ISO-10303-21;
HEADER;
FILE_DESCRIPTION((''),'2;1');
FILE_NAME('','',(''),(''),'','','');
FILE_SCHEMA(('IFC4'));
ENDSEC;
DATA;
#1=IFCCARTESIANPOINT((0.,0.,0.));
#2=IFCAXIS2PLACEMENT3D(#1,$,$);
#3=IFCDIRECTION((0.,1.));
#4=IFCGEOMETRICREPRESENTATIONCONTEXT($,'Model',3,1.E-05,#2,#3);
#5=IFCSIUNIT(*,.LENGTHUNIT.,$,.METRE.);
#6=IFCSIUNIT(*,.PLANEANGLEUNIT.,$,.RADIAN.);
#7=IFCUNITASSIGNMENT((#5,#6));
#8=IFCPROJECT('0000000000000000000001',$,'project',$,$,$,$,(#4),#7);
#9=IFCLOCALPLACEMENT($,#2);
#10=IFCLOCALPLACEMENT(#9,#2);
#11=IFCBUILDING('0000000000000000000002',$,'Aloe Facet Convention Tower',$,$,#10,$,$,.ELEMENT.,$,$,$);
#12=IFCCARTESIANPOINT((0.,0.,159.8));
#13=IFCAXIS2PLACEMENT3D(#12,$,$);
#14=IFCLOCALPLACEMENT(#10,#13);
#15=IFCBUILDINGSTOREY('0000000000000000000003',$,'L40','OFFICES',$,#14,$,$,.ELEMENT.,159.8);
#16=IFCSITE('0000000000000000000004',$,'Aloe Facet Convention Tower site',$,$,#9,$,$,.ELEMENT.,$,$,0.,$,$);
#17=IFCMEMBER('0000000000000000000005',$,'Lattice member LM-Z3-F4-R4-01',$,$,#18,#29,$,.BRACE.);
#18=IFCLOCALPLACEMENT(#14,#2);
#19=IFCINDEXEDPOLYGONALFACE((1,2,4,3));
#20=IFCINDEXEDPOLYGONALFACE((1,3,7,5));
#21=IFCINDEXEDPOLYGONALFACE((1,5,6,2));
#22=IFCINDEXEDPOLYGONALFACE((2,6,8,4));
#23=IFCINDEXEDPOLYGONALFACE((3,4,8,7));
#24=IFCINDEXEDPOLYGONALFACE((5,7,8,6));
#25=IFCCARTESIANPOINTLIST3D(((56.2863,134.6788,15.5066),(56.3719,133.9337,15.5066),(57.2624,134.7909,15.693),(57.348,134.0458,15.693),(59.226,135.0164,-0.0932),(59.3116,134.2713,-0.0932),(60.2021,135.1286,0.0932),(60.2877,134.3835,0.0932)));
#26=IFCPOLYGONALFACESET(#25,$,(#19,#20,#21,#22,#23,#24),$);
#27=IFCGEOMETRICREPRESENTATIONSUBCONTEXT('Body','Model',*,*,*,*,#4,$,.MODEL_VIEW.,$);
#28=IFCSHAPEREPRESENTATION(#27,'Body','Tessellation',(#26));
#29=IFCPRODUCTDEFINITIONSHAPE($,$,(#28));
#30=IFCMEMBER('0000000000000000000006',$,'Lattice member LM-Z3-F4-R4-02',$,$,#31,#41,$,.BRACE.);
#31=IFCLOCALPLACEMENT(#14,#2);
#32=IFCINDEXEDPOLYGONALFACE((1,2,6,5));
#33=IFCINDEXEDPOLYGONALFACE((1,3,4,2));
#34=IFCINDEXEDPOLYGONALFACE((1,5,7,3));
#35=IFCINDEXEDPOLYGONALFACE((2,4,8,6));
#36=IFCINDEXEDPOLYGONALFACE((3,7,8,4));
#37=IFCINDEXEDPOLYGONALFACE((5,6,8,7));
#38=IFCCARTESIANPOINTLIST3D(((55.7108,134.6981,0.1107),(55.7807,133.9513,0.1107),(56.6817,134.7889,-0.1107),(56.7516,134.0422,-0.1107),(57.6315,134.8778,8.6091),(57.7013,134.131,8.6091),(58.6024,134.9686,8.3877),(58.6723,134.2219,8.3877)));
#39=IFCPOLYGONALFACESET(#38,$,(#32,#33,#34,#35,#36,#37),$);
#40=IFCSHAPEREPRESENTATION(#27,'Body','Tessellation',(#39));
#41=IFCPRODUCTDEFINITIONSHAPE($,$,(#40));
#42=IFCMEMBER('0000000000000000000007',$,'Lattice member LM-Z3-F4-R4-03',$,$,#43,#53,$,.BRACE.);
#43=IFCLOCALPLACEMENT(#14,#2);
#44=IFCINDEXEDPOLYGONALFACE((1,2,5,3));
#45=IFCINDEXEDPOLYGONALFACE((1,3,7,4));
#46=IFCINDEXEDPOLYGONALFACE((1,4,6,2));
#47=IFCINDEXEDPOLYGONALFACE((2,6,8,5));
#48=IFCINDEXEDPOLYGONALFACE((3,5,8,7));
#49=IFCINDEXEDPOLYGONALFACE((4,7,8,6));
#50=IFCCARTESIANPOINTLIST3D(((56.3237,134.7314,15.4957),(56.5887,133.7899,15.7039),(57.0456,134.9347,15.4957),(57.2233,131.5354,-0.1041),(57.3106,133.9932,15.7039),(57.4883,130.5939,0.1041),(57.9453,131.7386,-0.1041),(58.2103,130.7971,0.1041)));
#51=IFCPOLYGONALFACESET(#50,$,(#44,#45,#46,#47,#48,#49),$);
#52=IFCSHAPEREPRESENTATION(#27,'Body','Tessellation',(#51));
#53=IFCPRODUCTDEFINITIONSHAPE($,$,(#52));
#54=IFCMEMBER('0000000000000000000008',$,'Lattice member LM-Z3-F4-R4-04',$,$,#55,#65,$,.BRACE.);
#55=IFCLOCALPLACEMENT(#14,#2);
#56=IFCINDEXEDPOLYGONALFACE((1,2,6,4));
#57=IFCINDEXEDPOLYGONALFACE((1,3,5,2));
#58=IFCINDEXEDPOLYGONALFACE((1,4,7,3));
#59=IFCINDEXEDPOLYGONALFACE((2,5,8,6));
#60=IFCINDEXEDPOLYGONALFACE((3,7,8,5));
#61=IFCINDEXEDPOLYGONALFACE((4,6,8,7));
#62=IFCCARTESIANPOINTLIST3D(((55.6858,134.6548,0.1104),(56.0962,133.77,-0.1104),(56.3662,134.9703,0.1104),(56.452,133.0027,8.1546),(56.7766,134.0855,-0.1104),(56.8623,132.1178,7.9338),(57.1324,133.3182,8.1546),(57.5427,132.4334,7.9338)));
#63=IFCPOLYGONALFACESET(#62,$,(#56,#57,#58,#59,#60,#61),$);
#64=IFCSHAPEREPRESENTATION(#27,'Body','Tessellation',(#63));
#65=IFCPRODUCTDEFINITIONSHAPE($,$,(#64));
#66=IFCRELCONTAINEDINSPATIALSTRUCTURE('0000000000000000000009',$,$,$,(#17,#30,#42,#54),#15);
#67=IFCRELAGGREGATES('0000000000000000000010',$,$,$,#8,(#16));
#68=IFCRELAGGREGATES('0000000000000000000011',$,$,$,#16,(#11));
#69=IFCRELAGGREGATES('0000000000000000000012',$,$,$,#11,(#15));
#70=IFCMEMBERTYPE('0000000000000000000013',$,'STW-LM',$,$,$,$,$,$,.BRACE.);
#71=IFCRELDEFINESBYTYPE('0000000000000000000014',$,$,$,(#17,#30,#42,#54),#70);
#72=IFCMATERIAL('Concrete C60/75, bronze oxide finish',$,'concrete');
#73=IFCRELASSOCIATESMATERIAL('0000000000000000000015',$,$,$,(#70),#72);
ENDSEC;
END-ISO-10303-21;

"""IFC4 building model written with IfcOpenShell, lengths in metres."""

from ifc_helpers import new_model, si_unit, direction, frame, origin, origin_2d, place, context, subcontext, project, spatial, rectangle, extrude, material, material_profile, profile_set, type_object, element, save


model = new_model("IFC4")

# Units and contexts
model_context = context("Model", 3, precision=1e-05, world=origin(), true_north=direction((0.0, 1.0)))
body_context = subcontext(model_context, "Body", "Model", "MODEL_VIEW")
ifc_project = project(units=[si_unit("LENGTHUNIT", "METRE"), si_unit("PLANEANGLEUNIT", "RADIAN")], contexts=[model_context])

# Site, building, storey
site_placement = place(None, origin())
site = spatial("IfcSite", under=ifc_project, at=site_placement, Name="Aloe Facet Convention Tower site", CompositionType="ELEMENT", RefElevation=0.0)
building_placement = place(site_placement, origin())
building = spatial("IfcBuilding", under=site, at=building_placement, Name="Aloe Facet Convention Tower", CompositionType="ELEMENT")
storey_placement = place(building_placement, frame((0.0, 0.0, 159.8)))
storey = spatial("IfcBuildingStorey", under=building, at=storey_placement, Name="L40", Description="OFFICES", CompositionType="ELEMENT", Elevation=159.8)

# Members
ifc_material_1 = material(Name="Concrete C60/75, bronze oxide finish", Category="concrete")
ifc_material_profile_1 = material_profile(ifc_material_1, rectangle(XDim=0.75, YDim=1.0, at=origin_2d()), Name="STW-LM")
ifc_profile_set_1 = profile_set([ifc_material_profile_1], Name="Concrete C60/75, bronze oxide finish")
member_type = type_object("IfcMemberType", Name="STW-LM", PredefinedType="BRACE", material=ifc_profile_set_1)
member_1_placement = place(storey_placement, frame((59.7568, 134.7, 0.0), z_axis=(-0.185143, -0.021265, 0.982482), x_axis=(0.114107, -0.993468, 0.0)))
element("IfcMember", 1, at=member_1_placement, inside=storey, type_object=member_type, Name="Lattice member LM-Z3-F4-R4-01", PredefinedType="BRACE", context=body_context, shape_type="SweptSolid", body=[
    extrude(rectangle(XDim=0.75, YDim=1.0, at=origin_2d()), origin(), (0.0, 0.0, 1.0), 15.8779),
])
member_2_placement = place(storey_placement, frame((56.2312, 134.3701, 0.0), z_axis=(0.220398, 0.020619, 0.975192), x_axis=(-0.093149, 0.995652, 0.0)))
element("IfcMember", 2, at=member_2_placement, inside=storey, type_object=member_type, Name="Lattice member LM-Z3-F4-R4-02", PredefinedType="BRACE", context=body_context, shape_type="SweptSolid", body=[
    extrude(rectangle(XDim=0.75, YDim=1.0, at=origin_2d()), origin(), (0.0, 0.0, 1.0), 8.7146),
])
member_3_placement = place(storey_placement, frame((57.7168, 131.1663, 0.0), z_axis=(-0.056407, 0.200388, 0.978091), x_axis=(-0.96259, -0.270961, 0.0)))
element("IfcMember", 3, at=member_3_placement, inside=storey, type_object=member_type, Name="Lattice member LM-Z3-F4-R4-03", PredefinedType="BRACE", context=body_context, shape_type="SweptSolid", body=[
    extrude(rectangle(XDim=0.75, YDim=1.0, at=origin_2d()), origin(), (0.0, 0.0, 1.0), 15.9492),
])
member_4_placement = place(storey_placement, frame((56.2312, 134.3701, 0.0), z_axis=(0.092888, -0.200309, 0.97532), x_axis=(0.907205, 0.42069, 0.0)))
element("IfcMember", 4, at=member_4_placement, inside=storey, type_object=member_type, Name="Lattice member LM-Z3-F4-R4-04", PredefinedType="BRACE", context=body_context, shape_type="SweptSolid", body=[
    extrude(rectangle(XDim=0.75, YDim=1.0, at=origin_2d()), origin(), (0.0, 0.0, 1.0), 8.2478),
])

save(model, "model.ifc")
